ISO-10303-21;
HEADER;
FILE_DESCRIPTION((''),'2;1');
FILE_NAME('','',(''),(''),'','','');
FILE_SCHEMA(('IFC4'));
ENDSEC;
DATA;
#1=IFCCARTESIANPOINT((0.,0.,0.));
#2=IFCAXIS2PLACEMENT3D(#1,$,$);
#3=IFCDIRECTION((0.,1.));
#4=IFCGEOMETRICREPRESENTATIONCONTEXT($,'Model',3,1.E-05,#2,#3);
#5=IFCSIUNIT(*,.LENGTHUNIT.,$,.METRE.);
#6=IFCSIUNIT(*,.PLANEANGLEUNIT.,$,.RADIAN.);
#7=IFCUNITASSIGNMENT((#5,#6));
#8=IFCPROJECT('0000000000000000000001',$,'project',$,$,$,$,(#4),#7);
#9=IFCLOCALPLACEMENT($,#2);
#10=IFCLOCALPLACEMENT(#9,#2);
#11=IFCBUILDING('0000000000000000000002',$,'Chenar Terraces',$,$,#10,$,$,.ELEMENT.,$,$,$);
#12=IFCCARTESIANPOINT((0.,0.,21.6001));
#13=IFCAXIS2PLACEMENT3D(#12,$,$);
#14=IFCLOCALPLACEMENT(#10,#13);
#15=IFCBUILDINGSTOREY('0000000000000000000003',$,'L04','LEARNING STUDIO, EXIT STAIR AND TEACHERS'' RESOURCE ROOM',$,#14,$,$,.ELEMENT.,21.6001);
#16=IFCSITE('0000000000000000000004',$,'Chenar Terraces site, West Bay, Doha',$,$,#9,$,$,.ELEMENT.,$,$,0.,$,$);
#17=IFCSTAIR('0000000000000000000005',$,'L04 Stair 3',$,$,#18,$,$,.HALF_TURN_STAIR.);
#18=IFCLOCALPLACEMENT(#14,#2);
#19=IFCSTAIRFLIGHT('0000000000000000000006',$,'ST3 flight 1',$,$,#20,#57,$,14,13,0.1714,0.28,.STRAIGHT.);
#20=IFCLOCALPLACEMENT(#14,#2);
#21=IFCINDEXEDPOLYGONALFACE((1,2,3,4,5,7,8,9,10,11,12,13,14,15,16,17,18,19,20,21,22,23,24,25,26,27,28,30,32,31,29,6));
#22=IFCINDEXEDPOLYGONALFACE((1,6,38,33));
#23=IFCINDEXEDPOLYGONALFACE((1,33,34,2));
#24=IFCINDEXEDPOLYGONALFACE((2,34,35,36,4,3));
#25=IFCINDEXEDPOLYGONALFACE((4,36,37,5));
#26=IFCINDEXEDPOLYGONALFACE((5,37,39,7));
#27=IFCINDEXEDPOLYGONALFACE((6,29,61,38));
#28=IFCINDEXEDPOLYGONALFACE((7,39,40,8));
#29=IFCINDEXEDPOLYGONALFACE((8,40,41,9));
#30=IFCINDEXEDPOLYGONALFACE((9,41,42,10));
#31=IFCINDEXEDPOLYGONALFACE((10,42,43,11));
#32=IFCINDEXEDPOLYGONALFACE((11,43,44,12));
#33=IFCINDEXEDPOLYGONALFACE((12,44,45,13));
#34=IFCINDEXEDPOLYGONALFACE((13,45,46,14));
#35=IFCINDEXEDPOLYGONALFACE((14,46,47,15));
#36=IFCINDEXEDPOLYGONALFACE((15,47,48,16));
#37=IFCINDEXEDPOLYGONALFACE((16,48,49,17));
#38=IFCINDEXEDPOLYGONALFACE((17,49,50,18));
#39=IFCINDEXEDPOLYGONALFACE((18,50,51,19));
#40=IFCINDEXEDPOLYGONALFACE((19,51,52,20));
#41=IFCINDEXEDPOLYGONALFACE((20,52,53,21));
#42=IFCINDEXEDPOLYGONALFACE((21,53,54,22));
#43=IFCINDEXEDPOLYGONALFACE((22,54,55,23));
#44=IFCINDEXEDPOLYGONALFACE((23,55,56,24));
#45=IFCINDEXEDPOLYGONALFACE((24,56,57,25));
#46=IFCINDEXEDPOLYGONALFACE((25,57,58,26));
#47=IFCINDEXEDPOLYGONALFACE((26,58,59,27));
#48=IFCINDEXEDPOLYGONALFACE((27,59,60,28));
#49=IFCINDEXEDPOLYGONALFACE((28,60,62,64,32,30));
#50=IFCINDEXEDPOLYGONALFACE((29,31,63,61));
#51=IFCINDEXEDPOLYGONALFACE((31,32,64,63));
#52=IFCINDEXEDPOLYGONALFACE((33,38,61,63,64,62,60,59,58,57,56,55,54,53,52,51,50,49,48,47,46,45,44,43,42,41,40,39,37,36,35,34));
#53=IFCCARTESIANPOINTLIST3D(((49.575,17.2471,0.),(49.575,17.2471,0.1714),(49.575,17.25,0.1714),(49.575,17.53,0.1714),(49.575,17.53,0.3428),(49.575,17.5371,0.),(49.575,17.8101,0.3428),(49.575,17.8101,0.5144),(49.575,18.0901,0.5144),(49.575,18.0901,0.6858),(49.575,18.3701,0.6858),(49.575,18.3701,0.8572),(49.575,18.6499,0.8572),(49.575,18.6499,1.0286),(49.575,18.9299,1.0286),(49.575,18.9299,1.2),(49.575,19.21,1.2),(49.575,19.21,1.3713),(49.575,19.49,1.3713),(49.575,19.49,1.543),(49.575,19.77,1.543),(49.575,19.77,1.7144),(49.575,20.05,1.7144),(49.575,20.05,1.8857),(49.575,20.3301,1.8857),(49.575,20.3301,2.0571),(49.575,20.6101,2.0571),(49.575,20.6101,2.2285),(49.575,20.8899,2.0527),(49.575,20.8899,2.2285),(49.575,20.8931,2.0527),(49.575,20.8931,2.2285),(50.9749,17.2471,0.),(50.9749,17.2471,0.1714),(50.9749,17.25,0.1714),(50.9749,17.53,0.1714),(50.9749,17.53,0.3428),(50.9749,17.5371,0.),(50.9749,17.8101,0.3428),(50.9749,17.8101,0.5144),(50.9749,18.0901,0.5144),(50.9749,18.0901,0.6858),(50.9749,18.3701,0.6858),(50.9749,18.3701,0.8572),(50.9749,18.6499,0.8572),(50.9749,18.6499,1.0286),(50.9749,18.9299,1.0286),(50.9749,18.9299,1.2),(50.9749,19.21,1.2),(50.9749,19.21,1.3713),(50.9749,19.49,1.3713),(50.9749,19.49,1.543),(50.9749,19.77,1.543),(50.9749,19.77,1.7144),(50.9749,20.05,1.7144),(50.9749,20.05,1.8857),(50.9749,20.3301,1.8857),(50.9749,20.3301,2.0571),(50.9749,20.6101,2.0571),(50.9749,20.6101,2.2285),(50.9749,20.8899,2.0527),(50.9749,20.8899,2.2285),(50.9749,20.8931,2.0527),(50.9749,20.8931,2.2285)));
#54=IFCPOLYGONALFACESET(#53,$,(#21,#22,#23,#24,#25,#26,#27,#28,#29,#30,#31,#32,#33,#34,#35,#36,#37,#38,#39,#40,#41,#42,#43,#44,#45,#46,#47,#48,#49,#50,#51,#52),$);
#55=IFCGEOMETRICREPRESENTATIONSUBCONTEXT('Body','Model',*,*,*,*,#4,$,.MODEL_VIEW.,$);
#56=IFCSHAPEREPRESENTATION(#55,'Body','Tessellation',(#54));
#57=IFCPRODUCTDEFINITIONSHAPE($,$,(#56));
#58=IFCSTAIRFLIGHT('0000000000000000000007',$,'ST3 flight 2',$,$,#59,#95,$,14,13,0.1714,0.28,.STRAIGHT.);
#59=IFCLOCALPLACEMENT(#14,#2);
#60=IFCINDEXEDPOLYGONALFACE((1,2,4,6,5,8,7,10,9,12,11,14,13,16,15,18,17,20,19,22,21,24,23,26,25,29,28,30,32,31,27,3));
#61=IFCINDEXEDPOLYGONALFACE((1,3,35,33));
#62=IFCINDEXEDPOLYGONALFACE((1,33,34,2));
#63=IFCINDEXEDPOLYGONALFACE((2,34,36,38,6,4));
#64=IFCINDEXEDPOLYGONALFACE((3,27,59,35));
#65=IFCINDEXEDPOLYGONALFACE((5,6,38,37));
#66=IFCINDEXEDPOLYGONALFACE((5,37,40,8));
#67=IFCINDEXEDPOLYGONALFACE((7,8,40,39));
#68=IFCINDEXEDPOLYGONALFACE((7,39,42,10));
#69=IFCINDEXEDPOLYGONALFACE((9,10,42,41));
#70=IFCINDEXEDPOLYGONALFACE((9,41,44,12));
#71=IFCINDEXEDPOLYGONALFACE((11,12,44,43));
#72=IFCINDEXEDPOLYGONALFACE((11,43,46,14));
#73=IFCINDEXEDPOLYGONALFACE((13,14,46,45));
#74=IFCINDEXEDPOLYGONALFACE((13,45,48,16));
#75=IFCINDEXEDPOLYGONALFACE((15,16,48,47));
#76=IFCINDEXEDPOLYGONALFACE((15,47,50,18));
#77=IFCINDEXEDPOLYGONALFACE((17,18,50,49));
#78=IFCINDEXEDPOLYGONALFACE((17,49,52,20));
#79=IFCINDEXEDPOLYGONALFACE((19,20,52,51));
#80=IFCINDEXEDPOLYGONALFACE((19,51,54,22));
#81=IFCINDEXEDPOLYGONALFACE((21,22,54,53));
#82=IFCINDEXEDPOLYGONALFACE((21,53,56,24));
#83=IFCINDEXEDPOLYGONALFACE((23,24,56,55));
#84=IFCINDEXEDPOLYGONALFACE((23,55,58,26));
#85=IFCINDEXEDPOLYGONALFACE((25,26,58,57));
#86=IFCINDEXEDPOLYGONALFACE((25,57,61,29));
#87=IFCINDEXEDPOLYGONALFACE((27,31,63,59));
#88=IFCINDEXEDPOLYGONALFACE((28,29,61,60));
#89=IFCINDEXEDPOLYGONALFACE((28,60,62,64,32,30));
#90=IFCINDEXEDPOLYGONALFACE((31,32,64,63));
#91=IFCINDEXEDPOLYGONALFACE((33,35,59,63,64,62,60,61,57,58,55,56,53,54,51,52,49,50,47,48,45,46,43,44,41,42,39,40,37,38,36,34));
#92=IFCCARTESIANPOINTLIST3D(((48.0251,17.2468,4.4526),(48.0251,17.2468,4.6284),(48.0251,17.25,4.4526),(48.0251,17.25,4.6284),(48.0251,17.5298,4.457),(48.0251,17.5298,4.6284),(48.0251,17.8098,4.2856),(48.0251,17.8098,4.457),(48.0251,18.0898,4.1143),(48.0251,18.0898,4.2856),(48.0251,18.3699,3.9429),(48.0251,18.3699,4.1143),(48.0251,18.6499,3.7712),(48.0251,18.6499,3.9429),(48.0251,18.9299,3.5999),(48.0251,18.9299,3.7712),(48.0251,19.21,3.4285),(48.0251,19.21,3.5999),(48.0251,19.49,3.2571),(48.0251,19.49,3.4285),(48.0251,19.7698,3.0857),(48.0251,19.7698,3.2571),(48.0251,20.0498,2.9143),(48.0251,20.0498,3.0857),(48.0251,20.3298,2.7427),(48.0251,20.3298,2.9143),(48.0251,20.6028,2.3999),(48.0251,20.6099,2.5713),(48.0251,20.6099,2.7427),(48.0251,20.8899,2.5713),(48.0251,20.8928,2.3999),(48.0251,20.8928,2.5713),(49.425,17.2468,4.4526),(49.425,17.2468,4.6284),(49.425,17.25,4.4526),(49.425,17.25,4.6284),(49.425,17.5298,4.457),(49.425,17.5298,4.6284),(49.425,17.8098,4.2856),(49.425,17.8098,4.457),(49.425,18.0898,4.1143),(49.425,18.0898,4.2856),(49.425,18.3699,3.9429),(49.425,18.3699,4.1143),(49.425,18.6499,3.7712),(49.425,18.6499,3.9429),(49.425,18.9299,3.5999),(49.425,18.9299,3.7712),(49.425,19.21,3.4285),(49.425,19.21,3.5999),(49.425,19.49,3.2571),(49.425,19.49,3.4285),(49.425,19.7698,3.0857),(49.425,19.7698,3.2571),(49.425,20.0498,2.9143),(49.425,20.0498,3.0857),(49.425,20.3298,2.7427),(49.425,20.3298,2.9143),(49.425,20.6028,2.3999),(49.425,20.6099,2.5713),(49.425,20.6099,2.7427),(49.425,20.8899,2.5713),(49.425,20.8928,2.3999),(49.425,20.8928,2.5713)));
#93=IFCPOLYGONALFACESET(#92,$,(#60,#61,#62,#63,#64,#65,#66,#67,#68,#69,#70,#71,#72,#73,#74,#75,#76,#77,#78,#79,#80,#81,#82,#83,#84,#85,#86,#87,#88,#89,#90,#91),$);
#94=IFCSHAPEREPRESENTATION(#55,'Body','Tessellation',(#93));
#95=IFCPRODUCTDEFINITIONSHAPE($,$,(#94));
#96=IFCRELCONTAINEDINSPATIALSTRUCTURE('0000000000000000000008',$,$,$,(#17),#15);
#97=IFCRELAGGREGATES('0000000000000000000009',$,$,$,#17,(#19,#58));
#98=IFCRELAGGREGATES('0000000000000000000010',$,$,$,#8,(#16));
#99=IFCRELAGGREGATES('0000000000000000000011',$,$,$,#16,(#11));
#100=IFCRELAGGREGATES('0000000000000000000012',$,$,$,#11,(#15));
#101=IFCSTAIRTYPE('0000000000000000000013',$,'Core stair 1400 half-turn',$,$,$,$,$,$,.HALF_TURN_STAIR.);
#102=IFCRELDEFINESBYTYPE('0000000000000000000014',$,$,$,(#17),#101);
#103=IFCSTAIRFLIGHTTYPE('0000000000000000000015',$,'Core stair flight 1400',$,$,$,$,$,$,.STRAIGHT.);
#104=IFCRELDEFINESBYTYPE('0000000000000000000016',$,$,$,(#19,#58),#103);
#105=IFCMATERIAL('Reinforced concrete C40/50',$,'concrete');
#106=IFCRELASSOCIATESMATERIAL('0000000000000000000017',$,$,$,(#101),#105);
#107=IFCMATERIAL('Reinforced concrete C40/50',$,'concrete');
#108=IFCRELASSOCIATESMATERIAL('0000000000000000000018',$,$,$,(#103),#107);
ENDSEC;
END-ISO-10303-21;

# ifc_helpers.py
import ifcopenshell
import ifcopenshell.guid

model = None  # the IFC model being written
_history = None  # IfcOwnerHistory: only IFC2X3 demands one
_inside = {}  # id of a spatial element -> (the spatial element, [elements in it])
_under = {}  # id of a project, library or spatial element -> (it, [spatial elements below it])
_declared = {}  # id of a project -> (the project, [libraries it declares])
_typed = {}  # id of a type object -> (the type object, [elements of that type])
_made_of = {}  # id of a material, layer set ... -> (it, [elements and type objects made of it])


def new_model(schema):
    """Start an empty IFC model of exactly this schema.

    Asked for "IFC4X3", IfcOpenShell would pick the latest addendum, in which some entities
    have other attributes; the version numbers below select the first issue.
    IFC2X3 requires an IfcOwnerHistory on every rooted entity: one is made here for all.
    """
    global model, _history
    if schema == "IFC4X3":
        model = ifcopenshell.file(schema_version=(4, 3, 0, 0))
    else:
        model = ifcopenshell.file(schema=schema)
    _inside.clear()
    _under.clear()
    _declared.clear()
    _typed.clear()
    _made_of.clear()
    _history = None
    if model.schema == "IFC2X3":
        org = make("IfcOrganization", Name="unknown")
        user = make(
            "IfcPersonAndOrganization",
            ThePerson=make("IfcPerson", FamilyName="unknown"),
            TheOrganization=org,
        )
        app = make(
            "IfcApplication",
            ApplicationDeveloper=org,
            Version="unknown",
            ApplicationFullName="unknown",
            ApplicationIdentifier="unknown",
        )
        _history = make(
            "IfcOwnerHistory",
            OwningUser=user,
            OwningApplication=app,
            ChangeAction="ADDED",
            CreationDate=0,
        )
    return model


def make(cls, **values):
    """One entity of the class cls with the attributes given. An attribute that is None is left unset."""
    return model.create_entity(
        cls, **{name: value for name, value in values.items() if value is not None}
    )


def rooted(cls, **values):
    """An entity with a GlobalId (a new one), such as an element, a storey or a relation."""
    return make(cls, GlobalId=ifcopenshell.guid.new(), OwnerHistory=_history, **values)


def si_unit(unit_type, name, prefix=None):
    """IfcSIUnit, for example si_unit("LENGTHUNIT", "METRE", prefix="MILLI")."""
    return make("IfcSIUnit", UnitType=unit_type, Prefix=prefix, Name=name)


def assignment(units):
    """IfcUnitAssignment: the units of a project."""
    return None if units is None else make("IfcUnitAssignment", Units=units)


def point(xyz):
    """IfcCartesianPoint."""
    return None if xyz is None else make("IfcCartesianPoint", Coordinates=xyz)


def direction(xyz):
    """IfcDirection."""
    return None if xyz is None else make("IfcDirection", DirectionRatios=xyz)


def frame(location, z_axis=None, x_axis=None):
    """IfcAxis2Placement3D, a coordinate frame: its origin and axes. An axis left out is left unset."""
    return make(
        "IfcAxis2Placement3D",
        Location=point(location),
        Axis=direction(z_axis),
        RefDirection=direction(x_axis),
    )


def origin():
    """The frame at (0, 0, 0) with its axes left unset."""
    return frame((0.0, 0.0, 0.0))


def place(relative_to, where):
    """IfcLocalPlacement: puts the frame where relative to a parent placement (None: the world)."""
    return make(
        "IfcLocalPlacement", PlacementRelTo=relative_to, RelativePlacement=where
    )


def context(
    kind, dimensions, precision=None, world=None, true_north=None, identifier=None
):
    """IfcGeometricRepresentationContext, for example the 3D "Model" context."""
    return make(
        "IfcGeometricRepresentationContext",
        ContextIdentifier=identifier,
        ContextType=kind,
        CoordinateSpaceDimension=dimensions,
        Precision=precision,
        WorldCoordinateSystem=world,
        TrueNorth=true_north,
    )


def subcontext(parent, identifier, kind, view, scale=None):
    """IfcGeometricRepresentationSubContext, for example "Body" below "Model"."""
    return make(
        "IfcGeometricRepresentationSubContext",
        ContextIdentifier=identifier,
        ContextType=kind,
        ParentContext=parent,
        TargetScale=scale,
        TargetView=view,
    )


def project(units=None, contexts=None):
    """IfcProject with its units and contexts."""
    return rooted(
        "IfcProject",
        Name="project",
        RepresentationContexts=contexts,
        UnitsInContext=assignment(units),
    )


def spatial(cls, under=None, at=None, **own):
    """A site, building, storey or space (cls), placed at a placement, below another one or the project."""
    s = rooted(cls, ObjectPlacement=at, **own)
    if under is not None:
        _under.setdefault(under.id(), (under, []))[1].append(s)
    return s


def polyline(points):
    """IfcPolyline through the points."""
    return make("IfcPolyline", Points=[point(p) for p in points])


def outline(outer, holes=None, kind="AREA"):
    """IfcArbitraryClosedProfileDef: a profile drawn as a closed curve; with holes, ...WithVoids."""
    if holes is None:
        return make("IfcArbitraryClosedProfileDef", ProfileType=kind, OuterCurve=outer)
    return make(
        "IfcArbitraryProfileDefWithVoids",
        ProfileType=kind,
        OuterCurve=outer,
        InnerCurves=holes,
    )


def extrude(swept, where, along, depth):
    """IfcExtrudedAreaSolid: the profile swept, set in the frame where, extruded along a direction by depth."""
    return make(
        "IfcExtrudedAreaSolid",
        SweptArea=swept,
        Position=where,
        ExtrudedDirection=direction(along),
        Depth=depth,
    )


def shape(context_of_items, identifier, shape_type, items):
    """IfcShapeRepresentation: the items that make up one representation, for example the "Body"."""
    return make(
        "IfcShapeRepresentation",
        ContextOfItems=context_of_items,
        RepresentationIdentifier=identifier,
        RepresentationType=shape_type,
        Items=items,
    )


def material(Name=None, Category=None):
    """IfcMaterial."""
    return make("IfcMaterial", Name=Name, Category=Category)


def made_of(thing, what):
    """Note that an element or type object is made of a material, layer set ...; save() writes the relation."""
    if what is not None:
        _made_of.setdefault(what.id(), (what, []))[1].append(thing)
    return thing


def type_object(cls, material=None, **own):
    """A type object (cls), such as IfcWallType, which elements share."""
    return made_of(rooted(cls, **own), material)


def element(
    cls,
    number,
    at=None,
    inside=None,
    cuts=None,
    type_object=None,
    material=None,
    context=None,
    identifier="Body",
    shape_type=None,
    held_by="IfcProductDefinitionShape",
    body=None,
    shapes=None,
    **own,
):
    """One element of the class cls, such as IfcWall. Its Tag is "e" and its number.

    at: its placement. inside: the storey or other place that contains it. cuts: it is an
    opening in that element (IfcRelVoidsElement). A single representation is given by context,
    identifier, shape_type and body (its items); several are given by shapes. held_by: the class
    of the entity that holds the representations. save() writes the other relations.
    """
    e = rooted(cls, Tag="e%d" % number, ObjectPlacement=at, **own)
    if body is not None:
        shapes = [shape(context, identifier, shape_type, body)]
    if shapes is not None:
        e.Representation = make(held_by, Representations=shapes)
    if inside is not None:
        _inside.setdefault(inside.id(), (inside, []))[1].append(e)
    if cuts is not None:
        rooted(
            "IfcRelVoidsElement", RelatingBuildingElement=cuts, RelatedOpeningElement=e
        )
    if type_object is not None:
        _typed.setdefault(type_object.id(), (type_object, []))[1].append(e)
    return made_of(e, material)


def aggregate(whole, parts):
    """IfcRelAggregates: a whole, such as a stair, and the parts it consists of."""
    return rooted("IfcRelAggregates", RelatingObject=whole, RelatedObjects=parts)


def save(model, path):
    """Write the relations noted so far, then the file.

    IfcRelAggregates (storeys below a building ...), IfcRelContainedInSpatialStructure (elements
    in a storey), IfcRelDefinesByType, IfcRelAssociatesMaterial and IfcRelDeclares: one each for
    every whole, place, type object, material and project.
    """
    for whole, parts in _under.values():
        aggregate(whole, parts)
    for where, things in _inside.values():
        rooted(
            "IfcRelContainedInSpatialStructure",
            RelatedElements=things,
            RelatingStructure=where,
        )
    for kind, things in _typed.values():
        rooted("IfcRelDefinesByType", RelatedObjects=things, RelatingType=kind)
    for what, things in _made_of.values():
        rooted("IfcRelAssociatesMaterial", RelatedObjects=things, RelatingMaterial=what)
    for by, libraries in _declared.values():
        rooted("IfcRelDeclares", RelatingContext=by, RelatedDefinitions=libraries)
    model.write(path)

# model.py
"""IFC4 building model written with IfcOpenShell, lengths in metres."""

from ifc_helpers import new_model, si_unit, direction, frame, origin, place, context, subcontext, project, spatial, polyline, outline, extrude, material, type_object, element, aggregate, save


model = new_model("IFC4")

# Units and contexts
model_context = context("Model", 3, precision=1e-05, world=origin(), true_north=direction((0.0, 1.0)))
body_context = subcontext(model_context, "Body", "Model", "MODEL_VIEW")
ifc_project = project(units=[si_unit("LENGTHUNIT", "METRE"), si_unit("PLANEANGLEUNIT", "RADIAN")], contexts=[model_context])

# Site, building, storey
site_placement = place(None, origin())
site = spatial("IfcSite", under=ifc_project, at=site_placement, Name="Chenar Terraces site, West Bay, Doha", CompositionType="ELEMENT", RefElevation=0.0)
building_placement = place(site_placement, origin())
building = spatial("IfcBuilding", under=site, at=building_placement, Name="Chenar Terraces", CompositionType="ELEMENT")
storey_placement = place(building_placement, frame((0.0, 0.0, 21.6001)))
storey = spatial("IfcBuildingStorey", under=building, at=storey_placement, Name="L04", Description="LEARNING STUDIO, EXIT STAIR AND TEACHERS' RESOURCE ROOM", CompositionType="ELEMENT", Elevation=21.6001)

# Shared definitions
placement = place(storey_placement, origin())

# Stair, stair flights
ifc_material_1 = material(Name="Reinforced concrete C40/50", Category="concrete")
stair_type = type_object("IfcStairType", Name="Core stair 1400 half-turn", PredefinedType="HALF_TURN_STAIR", material=ifc_material_1)
stair = element("IfcStair", 1, at=placement, inside=storey, type_object=stair_type, Name="L04 Stair 3", PredefinedType="HALF_TURN_STAIR")
ifc_material_2 = material(Name="Reinforced concrete C40/50", Category="concrete")
stair_flight_type = type_object("IfcStairFlightType", Name="Core stair flight 1400", PredefinedType="STRAIGHT", material=ifc_material_2)
stair_flight_1_placement = place(storey_placement, frame((50.2749, 17.25, 0.0), z_axis=(0.0, 0.0, 1.0), x_axis=(0.0, 1.0, 0.0)))
stair_flight_1 = element("IfcStairFlight", 2, at=stair_flight_1_placement, type_object=stair_flight_type, Name="ST3 flight 1", NumberOfRisers=14, NumberOfTreads=13, PredefinedType="STRAIGHT", RiserHeight=0.1714, TreadLength=0.28, context=body_context, shape_type="SweptSolid", body=[
    extrude(outline(polyline([(-0.0029, 0.0), (-0.0029, 0.1714), (0.0, 0.1714), (0.28, 0.1714), (0.28, 0.3428), (0.5601, 0.3428), (0.5601, 0.5144), (0.8401, 0.5144), (0.8401, 0.6858), (1.1201, 0.6858), (1.1201, 0.8572), (1.3999, 0.8572), (1.3999, 1.0286), (1.6799, 1.0286), (1.6799, 1.2), (1.96, 1.2), (1.96, 1.3713), (2.24, 1.3713), (2.24, 1.543), (2.52, 1.543), (2.52, 1.7144), (2.8, 1.7144), (2.8, 1.8857), (3.0801, 1.8857), (3.0801, 2.0571), (3.3601, 2.0571), (3.3601, 2.2285), (3.6399, 2.2285), (3.6431, 2.2285), (3.6431, 2.0527), (3.6399, 2.0527), (0.2871, 0.0), (-0.0029, 0.0)])), frame((0.0, 0.7, 0.0), z_axis=(0.0, -1.0, 0.0), x_axis=(1.0, 0.0, 0.0)), (0.0, 0.0, 1.0), 1.3999),
])
stair_flight_2_placement = place(storey_placement, frame((48.7251, 20.8899, 2.3999), z_axis=(0.0, 0.0, 1.0), x_axis=(0.0, -1.0, 0.0)))
stair_flight_2 = element("IfcStairFlight", 3, at=stair_flight_2_placement, type_object=stair_flight_type, Name="ST3 flight 2", NumberOfRisers=14, NumberOfTreads=13, PredefinedType="STRAIGHT", RiserHeight=0.1714, TreadLength=0.28, context=body_context, shape_type="SweptSolid", body=[
    extrude(outline(polyline([(-0.0029, 0.0), (-0.0029, 0.1714), (0.0, 0.1714), (0.28, 0.1714), (0.28, 0.3428), (0.5601, 0.3428), (0.5601, 0.5144), (0.8401, 0.5144), (0.8401, 0.6858), (1.1201, 0.6858), (1.1201, 0.8572), (1.3999, 0.8572), (1.3999, 1.0286), (1.6799, 1.0286), (1.6799, 1.2), (1.96, 1.2), (1.96, 1.3713), (2.24, 1.3713), (2.24, 1.543), (2.52, 1.543), (2.52, 1.7144), (2.8, 1.7144), (2.8, 1.8857), (3.0801, 1.8857), (3.0801, 2.0571), (3.3601, 2.0571), (3.3601, 2.2285), (3.6399, 2.2285), (3.6431, 2.2285), (3.6431, 2.0527), (3.6399, 2.0527), (0.2871, 0.0), (-0.0029, 0.0)])), frame((0.0, 0.7, 0.0), z_axis=(0.0, -1.0, 0.0), x_axis=(1.0, 0.0, 0.0)), (0.0, 0.0, 1.0), 1.3999),
])
aggregate(stair, [stair_flight_1, stair_flight_2])

save(model, "model.ifc")
